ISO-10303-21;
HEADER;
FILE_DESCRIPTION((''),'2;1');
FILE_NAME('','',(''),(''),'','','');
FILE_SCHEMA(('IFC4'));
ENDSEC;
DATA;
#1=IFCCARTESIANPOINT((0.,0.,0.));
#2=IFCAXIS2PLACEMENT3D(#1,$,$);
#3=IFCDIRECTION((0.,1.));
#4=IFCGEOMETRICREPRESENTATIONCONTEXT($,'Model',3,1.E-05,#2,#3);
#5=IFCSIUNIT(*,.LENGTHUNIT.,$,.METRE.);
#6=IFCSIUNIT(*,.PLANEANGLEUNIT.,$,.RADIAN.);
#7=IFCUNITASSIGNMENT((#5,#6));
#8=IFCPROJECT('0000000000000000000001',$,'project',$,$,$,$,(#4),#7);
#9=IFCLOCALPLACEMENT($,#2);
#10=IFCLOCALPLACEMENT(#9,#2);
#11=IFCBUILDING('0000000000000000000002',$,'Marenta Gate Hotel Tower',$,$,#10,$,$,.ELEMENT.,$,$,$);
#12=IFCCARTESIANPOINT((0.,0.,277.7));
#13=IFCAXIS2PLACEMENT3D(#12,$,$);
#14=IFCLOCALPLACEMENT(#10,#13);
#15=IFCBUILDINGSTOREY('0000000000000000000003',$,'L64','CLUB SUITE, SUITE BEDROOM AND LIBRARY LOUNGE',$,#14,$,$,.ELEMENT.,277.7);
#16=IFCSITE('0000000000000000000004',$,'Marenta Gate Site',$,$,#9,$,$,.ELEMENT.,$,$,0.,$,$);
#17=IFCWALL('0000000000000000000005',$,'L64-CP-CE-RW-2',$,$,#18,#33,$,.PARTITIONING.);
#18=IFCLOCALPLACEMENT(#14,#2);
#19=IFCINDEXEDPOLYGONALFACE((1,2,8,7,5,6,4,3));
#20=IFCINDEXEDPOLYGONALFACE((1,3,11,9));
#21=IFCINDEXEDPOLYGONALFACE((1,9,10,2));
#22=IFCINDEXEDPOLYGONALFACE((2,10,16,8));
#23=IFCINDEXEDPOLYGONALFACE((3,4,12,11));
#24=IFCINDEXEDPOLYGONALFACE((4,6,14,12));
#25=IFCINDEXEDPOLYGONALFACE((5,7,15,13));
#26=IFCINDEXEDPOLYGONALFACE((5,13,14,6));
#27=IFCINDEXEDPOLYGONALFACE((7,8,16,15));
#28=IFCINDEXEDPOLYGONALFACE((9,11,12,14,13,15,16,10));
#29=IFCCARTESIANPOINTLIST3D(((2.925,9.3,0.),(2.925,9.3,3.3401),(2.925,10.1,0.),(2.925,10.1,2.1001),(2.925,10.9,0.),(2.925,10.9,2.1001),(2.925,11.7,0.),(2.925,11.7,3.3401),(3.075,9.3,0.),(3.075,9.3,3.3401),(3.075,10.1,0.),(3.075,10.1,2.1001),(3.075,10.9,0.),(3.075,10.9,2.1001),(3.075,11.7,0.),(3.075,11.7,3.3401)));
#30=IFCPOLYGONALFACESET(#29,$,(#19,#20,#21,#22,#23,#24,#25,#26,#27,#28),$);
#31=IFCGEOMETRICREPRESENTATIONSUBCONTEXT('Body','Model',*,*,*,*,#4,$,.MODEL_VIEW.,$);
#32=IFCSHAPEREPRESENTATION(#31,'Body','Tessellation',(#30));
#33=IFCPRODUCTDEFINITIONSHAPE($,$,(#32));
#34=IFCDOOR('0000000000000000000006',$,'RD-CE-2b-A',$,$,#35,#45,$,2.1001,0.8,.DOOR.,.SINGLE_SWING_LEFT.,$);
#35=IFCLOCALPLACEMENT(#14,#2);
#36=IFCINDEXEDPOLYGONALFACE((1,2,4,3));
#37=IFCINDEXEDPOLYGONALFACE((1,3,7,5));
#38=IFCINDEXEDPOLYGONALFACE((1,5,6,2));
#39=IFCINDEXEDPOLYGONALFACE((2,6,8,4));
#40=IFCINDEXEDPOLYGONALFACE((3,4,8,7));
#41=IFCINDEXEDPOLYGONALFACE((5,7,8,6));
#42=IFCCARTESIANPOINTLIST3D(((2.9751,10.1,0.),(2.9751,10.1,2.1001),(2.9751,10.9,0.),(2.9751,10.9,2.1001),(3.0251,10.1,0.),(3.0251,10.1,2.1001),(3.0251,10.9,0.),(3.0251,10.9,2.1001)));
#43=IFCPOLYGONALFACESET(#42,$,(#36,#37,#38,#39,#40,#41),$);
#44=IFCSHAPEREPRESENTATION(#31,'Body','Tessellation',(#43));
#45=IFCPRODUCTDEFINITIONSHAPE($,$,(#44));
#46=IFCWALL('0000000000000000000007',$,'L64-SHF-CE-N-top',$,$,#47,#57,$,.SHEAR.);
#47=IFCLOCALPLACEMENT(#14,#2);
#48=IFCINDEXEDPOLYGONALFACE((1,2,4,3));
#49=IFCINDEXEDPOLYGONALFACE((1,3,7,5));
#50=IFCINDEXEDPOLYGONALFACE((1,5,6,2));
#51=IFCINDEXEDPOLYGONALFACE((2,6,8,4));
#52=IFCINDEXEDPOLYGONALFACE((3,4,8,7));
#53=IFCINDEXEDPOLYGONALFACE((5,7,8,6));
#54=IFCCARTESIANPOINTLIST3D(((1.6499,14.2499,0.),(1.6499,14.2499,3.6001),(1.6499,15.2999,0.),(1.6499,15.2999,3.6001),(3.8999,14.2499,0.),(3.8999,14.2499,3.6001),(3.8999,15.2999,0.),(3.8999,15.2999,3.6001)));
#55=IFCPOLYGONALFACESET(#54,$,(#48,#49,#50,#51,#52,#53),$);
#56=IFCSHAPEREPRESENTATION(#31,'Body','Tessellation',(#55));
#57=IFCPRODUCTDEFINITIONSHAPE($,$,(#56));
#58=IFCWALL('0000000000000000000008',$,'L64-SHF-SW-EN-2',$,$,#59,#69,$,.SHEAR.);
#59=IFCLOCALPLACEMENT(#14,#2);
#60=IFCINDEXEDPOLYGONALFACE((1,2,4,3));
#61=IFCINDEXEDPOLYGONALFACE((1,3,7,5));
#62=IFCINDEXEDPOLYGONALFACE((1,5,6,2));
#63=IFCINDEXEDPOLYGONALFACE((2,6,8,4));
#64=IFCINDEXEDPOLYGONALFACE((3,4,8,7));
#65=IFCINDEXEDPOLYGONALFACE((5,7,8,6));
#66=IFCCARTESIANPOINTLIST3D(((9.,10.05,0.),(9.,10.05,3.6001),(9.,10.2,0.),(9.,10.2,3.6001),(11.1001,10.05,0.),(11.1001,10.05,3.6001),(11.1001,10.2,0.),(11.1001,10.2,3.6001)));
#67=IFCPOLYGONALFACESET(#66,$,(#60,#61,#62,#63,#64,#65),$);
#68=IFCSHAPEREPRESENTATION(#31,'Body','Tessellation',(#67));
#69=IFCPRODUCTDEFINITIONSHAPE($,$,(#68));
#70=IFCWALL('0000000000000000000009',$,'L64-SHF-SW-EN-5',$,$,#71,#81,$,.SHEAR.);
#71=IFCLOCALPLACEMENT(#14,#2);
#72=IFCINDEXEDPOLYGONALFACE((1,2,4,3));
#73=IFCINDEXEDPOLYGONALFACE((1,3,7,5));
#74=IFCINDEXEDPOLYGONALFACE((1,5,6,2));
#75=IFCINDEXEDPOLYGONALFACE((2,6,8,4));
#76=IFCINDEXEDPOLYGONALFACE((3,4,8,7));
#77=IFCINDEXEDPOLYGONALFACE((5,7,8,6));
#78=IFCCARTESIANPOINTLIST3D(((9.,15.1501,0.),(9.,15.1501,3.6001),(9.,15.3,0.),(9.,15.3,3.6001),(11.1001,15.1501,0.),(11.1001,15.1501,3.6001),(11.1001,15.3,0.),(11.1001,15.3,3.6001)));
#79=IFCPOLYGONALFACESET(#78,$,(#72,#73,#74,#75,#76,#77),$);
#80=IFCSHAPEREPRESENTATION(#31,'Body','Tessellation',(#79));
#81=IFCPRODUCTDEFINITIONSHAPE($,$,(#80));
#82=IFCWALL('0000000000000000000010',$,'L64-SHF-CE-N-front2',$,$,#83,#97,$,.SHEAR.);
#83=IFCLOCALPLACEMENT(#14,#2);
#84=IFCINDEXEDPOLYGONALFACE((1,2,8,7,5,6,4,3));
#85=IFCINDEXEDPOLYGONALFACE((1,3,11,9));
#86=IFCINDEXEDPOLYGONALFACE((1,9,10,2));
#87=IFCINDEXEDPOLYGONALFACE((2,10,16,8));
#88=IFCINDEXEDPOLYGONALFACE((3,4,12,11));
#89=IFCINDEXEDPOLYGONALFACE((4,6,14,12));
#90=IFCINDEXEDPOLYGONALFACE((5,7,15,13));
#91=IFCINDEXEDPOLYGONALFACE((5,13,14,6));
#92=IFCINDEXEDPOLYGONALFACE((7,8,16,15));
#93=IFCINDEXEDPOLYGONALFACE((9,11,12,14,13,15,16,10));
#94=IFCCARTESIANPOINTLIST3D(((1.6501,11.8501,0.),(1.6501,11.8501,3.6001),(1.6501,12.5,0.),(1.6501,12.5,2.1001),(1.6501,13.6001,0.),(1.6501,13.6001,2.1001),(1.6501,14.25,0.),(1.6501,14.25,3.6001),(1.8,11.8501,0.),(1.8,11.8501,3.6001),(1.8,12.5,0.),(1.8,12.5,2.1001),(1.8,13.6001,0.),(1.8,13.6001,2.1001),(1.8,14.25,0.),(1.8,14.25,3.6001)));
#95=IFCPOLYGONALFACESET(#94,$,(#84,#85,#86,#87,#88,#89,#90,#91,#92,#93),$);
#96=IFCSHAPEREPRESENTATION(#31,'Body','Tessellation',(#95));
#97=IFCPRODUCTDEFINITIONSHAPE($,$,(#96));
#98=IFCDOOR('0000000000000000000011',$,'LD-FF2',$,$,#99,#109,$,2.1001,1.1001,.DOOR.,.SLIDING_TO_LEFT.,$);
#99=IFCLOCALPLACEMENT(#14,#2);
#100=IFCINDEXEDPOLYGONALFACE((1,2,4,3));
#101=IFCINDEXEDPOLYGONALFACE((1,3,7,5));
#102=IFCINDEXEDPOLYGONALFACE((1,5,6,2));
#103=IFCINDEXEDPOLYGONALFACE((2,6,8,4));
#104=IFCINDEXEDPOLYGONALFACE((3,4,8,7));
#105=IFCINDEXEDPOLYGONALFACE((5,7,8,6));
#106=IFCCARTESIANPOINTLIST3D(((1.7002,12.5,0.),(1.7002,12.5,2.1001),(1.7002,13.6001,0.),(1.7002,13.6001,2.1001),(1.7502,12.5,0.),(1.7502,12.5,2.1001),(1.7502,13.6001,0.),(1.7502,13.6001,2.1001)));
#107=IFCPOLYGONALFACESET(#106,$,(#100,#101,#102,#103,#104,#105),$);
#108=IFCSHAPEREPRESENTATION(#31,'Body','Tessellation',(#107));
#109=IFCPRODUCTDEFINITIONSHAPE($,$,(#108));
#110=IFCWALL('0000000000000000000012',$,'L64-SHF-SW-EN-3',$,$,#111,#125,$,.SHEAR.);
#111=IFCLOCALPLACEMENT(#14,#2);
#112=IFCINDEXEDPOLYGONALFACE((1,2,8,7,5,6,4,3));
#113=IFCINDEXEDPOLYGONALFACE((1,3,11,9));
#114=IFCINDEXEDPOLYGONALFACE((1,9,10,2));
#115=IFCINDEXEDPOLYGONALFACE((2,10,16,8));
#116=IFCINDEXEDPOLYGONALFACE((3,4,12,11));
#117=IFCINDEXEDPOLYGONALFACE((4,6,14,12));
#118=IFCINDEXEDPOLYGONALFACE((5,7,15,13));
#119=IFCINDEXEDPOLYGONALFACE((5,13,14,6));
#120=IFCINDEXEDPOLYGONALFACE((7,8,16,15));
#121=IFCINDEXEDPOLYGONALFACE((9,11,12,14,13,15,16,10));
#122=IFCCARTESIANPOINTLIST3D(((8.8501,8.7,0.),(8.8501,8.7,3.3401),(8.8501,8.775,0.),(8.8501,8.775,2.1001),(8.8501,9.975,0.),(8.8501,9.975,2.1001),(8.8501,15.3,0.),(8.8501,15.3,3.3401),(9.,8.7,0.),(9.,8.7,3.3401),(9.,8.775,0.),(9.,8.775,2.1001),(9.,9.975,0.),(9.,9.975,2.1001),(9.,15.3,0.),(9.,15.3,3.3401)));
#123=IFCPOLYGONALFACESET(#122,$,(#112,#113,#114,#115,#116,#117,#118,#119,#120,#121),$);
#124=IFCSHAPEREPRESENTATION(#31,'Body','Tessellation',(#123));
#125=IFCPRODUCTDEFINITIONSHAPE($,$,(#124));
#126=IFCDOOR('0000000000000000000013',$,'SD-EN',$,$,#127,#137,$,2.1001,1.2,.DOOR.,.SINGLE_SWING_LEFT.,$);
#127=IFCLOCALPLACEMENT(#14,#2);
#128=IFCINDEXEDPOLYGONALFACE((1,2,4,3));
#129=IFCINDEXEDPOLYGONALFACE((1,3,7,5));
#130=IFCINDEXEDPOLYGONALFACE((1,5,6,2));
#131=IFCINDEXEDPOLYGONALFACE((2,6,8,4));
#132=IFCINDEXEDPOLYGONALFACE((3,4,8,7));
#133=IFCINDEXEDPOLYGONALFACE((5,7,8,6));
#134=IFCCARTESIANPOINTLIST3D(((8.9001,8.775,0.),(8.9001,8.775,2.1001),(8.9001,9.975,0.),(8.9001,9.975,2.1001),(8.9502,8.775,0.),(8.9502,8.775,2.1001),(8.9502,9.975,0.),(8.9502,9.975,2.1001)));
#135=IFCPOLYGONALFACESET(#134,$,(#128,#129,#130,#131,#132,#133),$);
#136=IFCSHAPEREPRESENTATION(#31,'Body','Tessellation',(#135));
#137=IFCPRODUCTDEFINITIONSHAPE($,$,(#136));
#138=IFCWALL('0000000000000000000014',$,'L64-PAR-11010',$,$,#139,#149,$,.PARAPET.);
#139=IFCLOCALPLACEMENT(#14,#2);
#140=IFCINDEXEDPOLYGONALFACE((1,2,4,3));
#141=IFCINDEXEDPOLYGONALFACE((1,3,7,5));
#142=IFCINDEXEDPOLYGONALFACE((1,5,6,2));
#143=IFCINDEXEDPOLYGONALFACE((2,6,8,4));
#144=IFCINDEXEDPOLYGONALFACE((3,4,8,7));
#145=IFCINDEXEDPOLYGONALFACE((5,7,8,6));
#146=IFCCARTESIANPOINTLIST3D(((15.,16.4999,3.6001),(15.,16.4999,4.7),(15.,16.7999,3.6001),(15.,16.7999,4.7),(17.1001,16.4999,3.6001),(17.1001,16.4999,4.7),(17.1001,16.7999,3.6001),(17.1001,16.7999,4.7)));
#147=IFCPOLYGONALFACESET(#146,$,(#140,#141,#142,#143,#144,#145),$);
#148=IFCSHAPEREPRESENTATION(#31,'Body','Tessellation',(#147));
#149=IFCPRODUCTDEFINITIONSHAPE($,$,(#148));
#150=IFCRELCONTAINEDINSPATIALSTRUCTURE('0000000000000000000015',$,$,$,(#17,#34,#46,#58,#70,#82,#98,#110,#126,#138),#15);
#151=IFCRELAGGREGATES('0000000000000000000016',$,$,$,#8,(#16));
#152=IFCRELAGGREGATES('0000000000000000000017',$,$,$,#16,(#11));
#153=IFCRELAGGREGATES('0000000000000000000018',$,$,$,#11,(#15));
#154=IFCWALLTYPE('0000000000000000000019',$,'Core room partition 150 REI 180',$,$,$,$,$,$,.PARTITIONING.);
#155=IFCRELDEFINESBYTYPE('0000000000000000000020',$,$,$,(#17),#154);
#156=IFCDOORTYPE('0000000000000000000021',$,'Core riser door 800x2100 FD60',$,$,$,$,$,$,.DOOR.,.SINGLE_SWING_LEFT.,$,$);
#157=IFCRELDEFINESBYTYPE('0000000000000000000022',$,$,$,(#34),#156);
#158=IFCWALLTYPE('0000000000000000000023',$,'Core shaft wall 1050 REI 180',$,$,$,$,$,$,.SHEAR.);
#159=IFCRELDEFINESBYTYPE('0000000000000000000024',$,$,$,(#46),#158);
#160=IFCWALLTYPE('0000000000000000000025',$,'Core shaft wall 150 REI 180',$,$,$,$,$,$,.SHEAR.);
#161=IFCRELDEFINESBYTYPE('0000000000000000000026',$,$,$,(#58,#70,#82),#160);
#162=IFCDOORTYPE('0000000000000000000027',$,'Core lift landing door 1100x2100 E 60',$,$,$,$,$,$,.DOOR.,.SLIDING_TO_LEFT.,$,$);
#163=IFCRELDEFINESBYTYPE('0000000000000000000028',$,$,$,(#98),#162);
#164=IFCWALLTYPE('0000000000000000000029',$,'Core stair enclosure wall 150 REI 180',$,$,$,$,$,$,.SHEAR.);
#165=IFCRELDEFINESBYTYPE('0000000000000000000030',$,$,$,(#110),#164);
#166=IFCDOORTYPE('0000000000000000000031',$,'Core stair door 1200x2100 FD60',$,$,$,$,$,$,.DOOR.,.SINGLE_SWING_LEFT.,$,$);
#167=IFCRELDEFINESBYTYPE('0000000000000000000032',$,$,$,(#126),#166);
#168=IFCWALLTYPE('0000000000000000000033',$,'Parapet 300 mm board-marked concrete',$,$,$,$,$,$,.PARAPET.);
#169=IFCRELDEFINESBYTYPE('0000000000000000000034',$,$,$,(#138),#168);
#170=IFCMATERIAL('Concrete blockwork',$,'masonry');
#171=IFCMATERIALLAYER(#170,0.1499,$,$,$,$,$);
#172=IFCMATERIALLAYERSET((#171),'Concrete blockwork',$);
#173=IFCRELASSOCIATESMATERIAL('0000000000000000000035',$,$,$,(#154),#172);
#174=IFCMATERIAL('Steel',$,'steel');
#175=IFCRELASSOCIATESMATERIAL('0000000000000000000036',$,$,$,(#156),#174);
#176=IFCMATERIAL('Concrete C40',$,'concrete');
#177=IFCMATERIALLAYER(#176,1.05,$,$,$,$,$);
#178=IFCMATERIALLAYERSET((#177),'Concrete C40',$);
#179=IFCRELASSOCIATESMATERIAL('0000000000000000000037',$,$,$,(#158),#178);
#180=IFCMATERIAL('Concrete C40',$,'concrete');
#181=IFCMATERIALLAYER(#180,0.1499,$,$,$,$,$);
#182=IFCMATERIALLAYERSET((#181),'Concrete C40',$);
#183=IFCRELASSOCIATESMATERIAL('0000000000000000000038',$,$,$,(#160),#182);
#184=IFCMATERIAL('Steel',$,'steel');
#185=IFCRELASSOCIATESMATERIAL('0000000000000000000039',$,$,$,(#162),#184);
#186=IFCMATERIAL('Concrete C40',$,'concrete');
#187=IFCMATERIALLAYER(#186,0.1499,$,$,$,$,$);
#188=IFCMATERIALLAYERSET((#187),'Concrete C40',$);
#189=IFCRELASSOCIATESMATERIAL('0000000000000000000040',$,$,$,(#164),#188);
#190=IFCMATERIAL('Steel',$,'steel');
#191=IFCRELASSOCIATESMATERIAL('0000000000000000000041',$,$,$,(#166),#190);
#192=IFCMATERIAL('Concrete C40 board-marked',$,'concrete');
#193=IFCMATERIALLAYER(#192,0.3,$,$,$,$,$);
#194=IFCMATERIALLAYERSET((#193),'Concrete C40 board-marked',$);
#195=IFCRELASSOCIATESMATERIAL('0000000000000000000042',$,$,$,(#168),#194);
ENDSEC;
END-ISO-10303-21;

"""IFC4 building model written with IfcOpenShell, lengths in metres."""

from ifc_helpers import new_model, si_unit, direction, frame, frame_2d, origin, place, context, subcontext, project, spatial, rectangle, extrude, material, layer, layer_set, type_object, element, fill, save


model = new_model("IFC4")

# Units and contexts
model_context = context("Model", 3, precision=1e-05, world=origin(), true_north=direction((0.0, 1.0)))
body_context = subcontext(model_context, "Body", "Model", "MODEL_VIEW")
ifc_project = project(units=[si_unit("LENGTHUNIT", "METRE"), si_unit("PLANEANGLEUNIT", "RADIAN")], contexts=[model_context])

# Site, building, storey
site_placement = place(None, origin())
site = spatial("IfcSite", under=ifc_project, at=site_placement, Name="Marenta Gate Site", CompositionType="ELEMENT", RefElevation=0.0)
building_placement = place(site_placement, origin())
building = spatial("IfcBuilding", under=site, at=building_placement, Name="Marenta Gate Hotel Tower", CompositionType="ELEMENT")
storey_placement = place(building_placement, frame((0.0, 0.0, 277.7)))
storey = spatial("IfcBuildingStorey", under=building, at=storey_placement, Name="L64", Description="CLUB SUITE, SUITE BEDROOM AND LIBRARY LOUNGE", CompositionType="ELEMENT", Elevation=277.7)

# Shared definitions
ifc_material_1 = material(Name="Concrete blockwork", Category="masonry")
ifc_layer_1 = layer(ifc_material_1, 0.1499)
ifc_layer_set_1 = layer_set([ifc_layer_1], Name="Concrete blockwork")
wall_type_1 = type_object("IfcWallType", Name="Core room partition 150 REI 180", PredefinedType="PARTITIONING", material=ifc_layer_set_1)

# Wall, opening, door
wall_1_placement = place(storey_placement, frame((3.0, 9.3, 0.0), z_axis=(0.0, 0.0, 1.0), x_axis=(0.0, 1.0, 0.0)))
wall_1 = element("IfcWall", 1, at=wall_1_placement, inside=storey, type_object=wall_type_1, Name="L64-CP-CE-RW-2", PredefinedType="PARTITIONING", context=body_context, shape_type="SweptSolid", body=[
    extrude(rectangle(XDim=2.3999, YDim=0.1499, at=frame_2d((1.2, 0.0))), origin(), (0.0, 0.0, 1.0), 3.3401),
])
opening_1_placement = place(wall_1_placement, frame((0.8, 0.0, 0.0)))
opening_1 = element("IfcOpeningElement", 2, at=opening_1_placement, cuts=wall_1, PredefinedType="OPENING", context=body_context, shape_type="SweptSolid", body=[
    extrude(rectangle(XDim=0.8, YDim=2.1001, at=frame_2d((0.3999, 1.05))), frame((0.0, 0.075, 0.0), z_axis=(0.0, -1.0, 0.0), x_axis=(1.0, 0.0, 0.0)), (0.0, 0.0, 1.0), 0.1499),
])
ifc_material_2 = material(Name="Steel", Category="steel")
door_type_1 = type_object("IfcDoorType", Name="Core riser door 800x2100 FD60", OperationType="SINGLE_SWING_LEFT", PredefinedType="DOOR", material=ifc_material_2)
door_1_placement = place(opening_1_placement, origin())
door_1 = element("IfcDoor", 3, at=door_1_placement, inside=storey, type_object=door_type_1, Name="RD-CE-2b-A", OperationType="SINGLE_SWING_LEFT", OverallHeight=2.1001, OverallWidth=0.8, PredefinedType="DOOR", context=body_context, shape_type="SweptSolid", body=[
    extrude(rectangle(XDim=0.8, YDim=2.1001, at=frame_2d((0.3999, 1.05))), frame((0.0, 0.0249, 0.0), z_axis=(0.0, -1.0, 0.0), x_axis=(1.0, 0.0, 0.0)), (0.0, 0.0, 1.0), 0.05),
])
fill(opening_1, door_1)

# Walls
ifc_material_3 = material(Name="Concrete C40", Category="concrete")
ifc_layer_2 = layer(ifc_material_3, 1.05)
ifc_layer_set_2 = layer_set([ifc_layer_2], Name="Concrete C40")
wall_type_2 = type_object("IfcWallType", Name="Core shaft wall 1050 REI 180", PredefinedType="SHEAR", material=ifc_layer_set_2)
wall_2_placement = place(storey_placement, frame((1.6499, 14.7749, 0.0), z_axis=(0.0, 0.0, 1.0), x_axis=(1.0, 0.0, 0.0)))
element("IfcWall", 4, at=wall_2_placement, inside=storey, type_object=wall_type_2, Name="L64-SHF-CE-N-top", PredefinedType="SHEAR", context=body_context, shape_type="SweptSolid", body=[
    extrude(rectangle(XDim=2.25, YDim=1.05, at=frame_2d((1.125, 0.0))), origin(), (0.0, 0.0, 1.0), 3.6001),
])
ifc_material_4 = material(Name="Concrete C40", Category="concrete")
ifc_layer_3 = layer(ifc_material_4, 0.1499)
ifc_layer_set_3 = layer_set([ifc_layer_3], Name="Concrete C40")
wall_type_3 = type_object("IfcWallType", Name="Core shaft wall 150 REI 180", PredefinedType="SHEAR", material=ifc_layer_set_3)
for number, where, z_axis, x_axis, name in (
    (5, (9.0, 10.125, 0.0), (0.0, 0.0, 1.0), (1.0, 0.0, 0.0), "L64-SHF-SW-EN-2"),
    (6, (9.0, 15.2251, 0.0), (0.0, 0.0, 1.0), (1.0, 0.0, 0.0), "L64-SHF-SW-EN-5"),
):
    element("IfcWall", number, at=place(storey_placement, frame(where, z_axis=z_axis, x_axis=x_axis)), inside=storey, type_object=wall_type_3, Name=name, PredefinedType="SHEAR", context=body_context, shape_type="SweptSolid", body=[
        extrude(rectangle(XDim=2.1001, YDim=0.1499, at=frame_2d((1.05, 0.0))), origin(), (0.0, 0.0, 1.0), 3.6001),
    ])

# Walls, openings, doors
wall_3_placement = place(storey_placement, frame((1.7251, 11.8501, 0.0), z_axis=(0.0, 0.0, 1.0), x_axis=(0.0, 1.0, 0.0)))
wall_3 = element("IfcWall", 7, at=wall_3_placement, inside=storey, type_object=wall_type_3, Name="L64-SHF-CE-N-front2", PredefinedType="SHEAR", context=body_context, shape_type="SweptSolid", body=[
    extrude(rectangle(XDim=2.3999, YDim=0.1499, at=frame_2d((1.2, 0.0))), origin(), (0.0, 0.0, 1.0), 3.6001),
])
opening_2_placement = place(wall_3_placement, frame((0.6499, 0.0, 0.0)))
opening_2 = element("IfcOpeningElement", 8, at=opening_2_placement, cuts=wall_3, PredefinedType="OPENING", context=body_context, shape_type="SweptSolid", body=[
    extrude(rectangle(XDim=1.1001, YDim=2.1001, at=frame_2d((0.55, 1.05))), frame((0.0, 0.075, 0.0), z_axis=(0.0, -1.0, 0.0), x_axis=(1.0, 0.0, 0.0)), (0.0, 0.0, 1.0), 0.1499),
])
ifc_material_5 = material(Name="Steel", Category="steel")
door_type_2 = type_object("IfcDoorType", Name="Core lift landing door 1100x2100 E 60", OperationType="SLIDING_TO_LEFT", PredefinedType="DOOR", material=ifc_material_5)
door_2_placement = place(opening_2_placement, origin())
door_2 = element("IfcDoor", 9, at=door_2_placement, inside=storey, type_object=door_type_2, Name="LD-FF2", OperationType="SLIDING_TO_LEFT", OverallHeight=2.1001, OverallWidth=1.1001, PredefinedType="DOOR", context=body_context, shape_type="SweptSolid", body=[
    extrude(rectangle(XDim=1.1001, YDim=2.1001, at=frame_2d((0.55, 1.05))), frame((0.0, 0.0249, 0.0), z_axis=(0.0, -1.0, 0.0), x_axis=(1.0, 0.0, 0.0)), (0.0, 0.0, 1.0), 0.05),
])
fill(opening_2, door_2)
ifc_material_6 = material(Name="Concrete C40", Category="concrete")
ifc_layer_4 = layer(ifc_material_6, 0.1499)
ifc_layer_set_4 = layer_set([ifc_layer_4], Name="Concrete C40")
wall_type_4 = type_object("IfcWallType", Name="Core stair enclosure wall 150 REI 180", PredefinedType="SHEAR", material=ifc_layer_set_4)
wall_4_placement = place(storey_placement, frame((8.925, 8.7, 0.0), z_axis=(0.0, 0.0, 1.0), x_axis=(0.0, 1.0, 0.0)))
wall_4 = element("IfcWall", 10, at=wall_4_placement, inside=storey, type_object=wall_type_4, Name="L64-SHF-SW-EN-3", PredefinedType="SHEAR", context=body_context, shape_type="SweptSolid", body=[
    extrude(rectangle(XDim=6.6001, YDim=0.1499, at=frame_2d((3.3, 0.0))), origin(), (0.0, 0.0, 1.0), 3.3401),
])
opening_3_placement = place(wall_4_placement, frame((0.075, 0.0, 0.0)))
opening_3 = element("IfcOpeningElement", 11, at=opening_3_placement, cuts=wall_4, PredefinedType="OPENING", context=body_context, shape_type="SweptSolid", body=[
    extrude(rectangle(XDim=1.2, YDim=2.1001, at=frame_2d((0.6001, 1.05))), frame((0.0, 0.075, 0.0), z_axis=(0.0, -1.0, 0.0), x_axis=(1.0, 0.0, 0.0)), (0.0, 0.0, 1.0), 0.1499),
])
ifc_material_7 = material(Name="Steel", Category="steel")
door_type_3 = type_object("IfcDoorType", Name="Core stair door 1200x2100 FD60", OperationType="SINGLE_SWING_LEFT", PredefinedType="DOOR", material=ifc_material_7)
door_3_placement = place(opening_3_placement, origin())
door_3 = element("IfcDoor", 12, at=door_3_placement, inside=storey, type_object=door_type_3, Name="SD-EN", OperationType="SINGLE_SWING_LEFT", OverallHeight=2.1001, OverallWidth=1.2, PredefinedType="DOOR", context=body_context, shape_type="SweptSolid", body=[
    extrude(rectangle(XDim=1.2, YDim=2.1001, at=frame_2d((0.6001, 1.05))), frame((0.0, 0.0249, 0.0), z_axis=(0.0, -1.0, 0.0), x_axis=(1.0, 0.0, 0.0)), (0.0, 0.0, 1.0), 0.05),
])
fill(opening_3, door_3)

# Wall
ifc_material_8 = material(Name="Concrete C40 board-marked", Category="concrete")
ifc_layer_5 = layer(ifc_material_8, 0.3)
ifc_layer_set_5 = layer_set([ifc_layer_5], Name="Concrete C40 board-marked")
wall_type_5 = type_object("IfcWallType", Name="Parapet 300 mm board-marked concrete", PredefinedType="PARAPET", material=ifc_layer_set_5)
wall_5_placement = place(storey_placement, frame((15.0, 16.6499, 3.6001), z_axis=(0.0, 0.0, 1.0), x_axis=(1.0, 0.0, 0.0)))
element("IfcWall", 13, at=wall_5_placement, inside=storey, type_object=wall_type_5, Name="L64-PAR-11010", PredefinedType="PARAPET", context=body_context, shape_type="SweptSolid", body=[
    extrude(rectangle(XDim=2.1001, YDim=0.3, at=frame_2d((1.05, 0.0))), origin(), (0.0, 0.0, 1.0), 1.0999),
])

save(model, "model.ifc")
